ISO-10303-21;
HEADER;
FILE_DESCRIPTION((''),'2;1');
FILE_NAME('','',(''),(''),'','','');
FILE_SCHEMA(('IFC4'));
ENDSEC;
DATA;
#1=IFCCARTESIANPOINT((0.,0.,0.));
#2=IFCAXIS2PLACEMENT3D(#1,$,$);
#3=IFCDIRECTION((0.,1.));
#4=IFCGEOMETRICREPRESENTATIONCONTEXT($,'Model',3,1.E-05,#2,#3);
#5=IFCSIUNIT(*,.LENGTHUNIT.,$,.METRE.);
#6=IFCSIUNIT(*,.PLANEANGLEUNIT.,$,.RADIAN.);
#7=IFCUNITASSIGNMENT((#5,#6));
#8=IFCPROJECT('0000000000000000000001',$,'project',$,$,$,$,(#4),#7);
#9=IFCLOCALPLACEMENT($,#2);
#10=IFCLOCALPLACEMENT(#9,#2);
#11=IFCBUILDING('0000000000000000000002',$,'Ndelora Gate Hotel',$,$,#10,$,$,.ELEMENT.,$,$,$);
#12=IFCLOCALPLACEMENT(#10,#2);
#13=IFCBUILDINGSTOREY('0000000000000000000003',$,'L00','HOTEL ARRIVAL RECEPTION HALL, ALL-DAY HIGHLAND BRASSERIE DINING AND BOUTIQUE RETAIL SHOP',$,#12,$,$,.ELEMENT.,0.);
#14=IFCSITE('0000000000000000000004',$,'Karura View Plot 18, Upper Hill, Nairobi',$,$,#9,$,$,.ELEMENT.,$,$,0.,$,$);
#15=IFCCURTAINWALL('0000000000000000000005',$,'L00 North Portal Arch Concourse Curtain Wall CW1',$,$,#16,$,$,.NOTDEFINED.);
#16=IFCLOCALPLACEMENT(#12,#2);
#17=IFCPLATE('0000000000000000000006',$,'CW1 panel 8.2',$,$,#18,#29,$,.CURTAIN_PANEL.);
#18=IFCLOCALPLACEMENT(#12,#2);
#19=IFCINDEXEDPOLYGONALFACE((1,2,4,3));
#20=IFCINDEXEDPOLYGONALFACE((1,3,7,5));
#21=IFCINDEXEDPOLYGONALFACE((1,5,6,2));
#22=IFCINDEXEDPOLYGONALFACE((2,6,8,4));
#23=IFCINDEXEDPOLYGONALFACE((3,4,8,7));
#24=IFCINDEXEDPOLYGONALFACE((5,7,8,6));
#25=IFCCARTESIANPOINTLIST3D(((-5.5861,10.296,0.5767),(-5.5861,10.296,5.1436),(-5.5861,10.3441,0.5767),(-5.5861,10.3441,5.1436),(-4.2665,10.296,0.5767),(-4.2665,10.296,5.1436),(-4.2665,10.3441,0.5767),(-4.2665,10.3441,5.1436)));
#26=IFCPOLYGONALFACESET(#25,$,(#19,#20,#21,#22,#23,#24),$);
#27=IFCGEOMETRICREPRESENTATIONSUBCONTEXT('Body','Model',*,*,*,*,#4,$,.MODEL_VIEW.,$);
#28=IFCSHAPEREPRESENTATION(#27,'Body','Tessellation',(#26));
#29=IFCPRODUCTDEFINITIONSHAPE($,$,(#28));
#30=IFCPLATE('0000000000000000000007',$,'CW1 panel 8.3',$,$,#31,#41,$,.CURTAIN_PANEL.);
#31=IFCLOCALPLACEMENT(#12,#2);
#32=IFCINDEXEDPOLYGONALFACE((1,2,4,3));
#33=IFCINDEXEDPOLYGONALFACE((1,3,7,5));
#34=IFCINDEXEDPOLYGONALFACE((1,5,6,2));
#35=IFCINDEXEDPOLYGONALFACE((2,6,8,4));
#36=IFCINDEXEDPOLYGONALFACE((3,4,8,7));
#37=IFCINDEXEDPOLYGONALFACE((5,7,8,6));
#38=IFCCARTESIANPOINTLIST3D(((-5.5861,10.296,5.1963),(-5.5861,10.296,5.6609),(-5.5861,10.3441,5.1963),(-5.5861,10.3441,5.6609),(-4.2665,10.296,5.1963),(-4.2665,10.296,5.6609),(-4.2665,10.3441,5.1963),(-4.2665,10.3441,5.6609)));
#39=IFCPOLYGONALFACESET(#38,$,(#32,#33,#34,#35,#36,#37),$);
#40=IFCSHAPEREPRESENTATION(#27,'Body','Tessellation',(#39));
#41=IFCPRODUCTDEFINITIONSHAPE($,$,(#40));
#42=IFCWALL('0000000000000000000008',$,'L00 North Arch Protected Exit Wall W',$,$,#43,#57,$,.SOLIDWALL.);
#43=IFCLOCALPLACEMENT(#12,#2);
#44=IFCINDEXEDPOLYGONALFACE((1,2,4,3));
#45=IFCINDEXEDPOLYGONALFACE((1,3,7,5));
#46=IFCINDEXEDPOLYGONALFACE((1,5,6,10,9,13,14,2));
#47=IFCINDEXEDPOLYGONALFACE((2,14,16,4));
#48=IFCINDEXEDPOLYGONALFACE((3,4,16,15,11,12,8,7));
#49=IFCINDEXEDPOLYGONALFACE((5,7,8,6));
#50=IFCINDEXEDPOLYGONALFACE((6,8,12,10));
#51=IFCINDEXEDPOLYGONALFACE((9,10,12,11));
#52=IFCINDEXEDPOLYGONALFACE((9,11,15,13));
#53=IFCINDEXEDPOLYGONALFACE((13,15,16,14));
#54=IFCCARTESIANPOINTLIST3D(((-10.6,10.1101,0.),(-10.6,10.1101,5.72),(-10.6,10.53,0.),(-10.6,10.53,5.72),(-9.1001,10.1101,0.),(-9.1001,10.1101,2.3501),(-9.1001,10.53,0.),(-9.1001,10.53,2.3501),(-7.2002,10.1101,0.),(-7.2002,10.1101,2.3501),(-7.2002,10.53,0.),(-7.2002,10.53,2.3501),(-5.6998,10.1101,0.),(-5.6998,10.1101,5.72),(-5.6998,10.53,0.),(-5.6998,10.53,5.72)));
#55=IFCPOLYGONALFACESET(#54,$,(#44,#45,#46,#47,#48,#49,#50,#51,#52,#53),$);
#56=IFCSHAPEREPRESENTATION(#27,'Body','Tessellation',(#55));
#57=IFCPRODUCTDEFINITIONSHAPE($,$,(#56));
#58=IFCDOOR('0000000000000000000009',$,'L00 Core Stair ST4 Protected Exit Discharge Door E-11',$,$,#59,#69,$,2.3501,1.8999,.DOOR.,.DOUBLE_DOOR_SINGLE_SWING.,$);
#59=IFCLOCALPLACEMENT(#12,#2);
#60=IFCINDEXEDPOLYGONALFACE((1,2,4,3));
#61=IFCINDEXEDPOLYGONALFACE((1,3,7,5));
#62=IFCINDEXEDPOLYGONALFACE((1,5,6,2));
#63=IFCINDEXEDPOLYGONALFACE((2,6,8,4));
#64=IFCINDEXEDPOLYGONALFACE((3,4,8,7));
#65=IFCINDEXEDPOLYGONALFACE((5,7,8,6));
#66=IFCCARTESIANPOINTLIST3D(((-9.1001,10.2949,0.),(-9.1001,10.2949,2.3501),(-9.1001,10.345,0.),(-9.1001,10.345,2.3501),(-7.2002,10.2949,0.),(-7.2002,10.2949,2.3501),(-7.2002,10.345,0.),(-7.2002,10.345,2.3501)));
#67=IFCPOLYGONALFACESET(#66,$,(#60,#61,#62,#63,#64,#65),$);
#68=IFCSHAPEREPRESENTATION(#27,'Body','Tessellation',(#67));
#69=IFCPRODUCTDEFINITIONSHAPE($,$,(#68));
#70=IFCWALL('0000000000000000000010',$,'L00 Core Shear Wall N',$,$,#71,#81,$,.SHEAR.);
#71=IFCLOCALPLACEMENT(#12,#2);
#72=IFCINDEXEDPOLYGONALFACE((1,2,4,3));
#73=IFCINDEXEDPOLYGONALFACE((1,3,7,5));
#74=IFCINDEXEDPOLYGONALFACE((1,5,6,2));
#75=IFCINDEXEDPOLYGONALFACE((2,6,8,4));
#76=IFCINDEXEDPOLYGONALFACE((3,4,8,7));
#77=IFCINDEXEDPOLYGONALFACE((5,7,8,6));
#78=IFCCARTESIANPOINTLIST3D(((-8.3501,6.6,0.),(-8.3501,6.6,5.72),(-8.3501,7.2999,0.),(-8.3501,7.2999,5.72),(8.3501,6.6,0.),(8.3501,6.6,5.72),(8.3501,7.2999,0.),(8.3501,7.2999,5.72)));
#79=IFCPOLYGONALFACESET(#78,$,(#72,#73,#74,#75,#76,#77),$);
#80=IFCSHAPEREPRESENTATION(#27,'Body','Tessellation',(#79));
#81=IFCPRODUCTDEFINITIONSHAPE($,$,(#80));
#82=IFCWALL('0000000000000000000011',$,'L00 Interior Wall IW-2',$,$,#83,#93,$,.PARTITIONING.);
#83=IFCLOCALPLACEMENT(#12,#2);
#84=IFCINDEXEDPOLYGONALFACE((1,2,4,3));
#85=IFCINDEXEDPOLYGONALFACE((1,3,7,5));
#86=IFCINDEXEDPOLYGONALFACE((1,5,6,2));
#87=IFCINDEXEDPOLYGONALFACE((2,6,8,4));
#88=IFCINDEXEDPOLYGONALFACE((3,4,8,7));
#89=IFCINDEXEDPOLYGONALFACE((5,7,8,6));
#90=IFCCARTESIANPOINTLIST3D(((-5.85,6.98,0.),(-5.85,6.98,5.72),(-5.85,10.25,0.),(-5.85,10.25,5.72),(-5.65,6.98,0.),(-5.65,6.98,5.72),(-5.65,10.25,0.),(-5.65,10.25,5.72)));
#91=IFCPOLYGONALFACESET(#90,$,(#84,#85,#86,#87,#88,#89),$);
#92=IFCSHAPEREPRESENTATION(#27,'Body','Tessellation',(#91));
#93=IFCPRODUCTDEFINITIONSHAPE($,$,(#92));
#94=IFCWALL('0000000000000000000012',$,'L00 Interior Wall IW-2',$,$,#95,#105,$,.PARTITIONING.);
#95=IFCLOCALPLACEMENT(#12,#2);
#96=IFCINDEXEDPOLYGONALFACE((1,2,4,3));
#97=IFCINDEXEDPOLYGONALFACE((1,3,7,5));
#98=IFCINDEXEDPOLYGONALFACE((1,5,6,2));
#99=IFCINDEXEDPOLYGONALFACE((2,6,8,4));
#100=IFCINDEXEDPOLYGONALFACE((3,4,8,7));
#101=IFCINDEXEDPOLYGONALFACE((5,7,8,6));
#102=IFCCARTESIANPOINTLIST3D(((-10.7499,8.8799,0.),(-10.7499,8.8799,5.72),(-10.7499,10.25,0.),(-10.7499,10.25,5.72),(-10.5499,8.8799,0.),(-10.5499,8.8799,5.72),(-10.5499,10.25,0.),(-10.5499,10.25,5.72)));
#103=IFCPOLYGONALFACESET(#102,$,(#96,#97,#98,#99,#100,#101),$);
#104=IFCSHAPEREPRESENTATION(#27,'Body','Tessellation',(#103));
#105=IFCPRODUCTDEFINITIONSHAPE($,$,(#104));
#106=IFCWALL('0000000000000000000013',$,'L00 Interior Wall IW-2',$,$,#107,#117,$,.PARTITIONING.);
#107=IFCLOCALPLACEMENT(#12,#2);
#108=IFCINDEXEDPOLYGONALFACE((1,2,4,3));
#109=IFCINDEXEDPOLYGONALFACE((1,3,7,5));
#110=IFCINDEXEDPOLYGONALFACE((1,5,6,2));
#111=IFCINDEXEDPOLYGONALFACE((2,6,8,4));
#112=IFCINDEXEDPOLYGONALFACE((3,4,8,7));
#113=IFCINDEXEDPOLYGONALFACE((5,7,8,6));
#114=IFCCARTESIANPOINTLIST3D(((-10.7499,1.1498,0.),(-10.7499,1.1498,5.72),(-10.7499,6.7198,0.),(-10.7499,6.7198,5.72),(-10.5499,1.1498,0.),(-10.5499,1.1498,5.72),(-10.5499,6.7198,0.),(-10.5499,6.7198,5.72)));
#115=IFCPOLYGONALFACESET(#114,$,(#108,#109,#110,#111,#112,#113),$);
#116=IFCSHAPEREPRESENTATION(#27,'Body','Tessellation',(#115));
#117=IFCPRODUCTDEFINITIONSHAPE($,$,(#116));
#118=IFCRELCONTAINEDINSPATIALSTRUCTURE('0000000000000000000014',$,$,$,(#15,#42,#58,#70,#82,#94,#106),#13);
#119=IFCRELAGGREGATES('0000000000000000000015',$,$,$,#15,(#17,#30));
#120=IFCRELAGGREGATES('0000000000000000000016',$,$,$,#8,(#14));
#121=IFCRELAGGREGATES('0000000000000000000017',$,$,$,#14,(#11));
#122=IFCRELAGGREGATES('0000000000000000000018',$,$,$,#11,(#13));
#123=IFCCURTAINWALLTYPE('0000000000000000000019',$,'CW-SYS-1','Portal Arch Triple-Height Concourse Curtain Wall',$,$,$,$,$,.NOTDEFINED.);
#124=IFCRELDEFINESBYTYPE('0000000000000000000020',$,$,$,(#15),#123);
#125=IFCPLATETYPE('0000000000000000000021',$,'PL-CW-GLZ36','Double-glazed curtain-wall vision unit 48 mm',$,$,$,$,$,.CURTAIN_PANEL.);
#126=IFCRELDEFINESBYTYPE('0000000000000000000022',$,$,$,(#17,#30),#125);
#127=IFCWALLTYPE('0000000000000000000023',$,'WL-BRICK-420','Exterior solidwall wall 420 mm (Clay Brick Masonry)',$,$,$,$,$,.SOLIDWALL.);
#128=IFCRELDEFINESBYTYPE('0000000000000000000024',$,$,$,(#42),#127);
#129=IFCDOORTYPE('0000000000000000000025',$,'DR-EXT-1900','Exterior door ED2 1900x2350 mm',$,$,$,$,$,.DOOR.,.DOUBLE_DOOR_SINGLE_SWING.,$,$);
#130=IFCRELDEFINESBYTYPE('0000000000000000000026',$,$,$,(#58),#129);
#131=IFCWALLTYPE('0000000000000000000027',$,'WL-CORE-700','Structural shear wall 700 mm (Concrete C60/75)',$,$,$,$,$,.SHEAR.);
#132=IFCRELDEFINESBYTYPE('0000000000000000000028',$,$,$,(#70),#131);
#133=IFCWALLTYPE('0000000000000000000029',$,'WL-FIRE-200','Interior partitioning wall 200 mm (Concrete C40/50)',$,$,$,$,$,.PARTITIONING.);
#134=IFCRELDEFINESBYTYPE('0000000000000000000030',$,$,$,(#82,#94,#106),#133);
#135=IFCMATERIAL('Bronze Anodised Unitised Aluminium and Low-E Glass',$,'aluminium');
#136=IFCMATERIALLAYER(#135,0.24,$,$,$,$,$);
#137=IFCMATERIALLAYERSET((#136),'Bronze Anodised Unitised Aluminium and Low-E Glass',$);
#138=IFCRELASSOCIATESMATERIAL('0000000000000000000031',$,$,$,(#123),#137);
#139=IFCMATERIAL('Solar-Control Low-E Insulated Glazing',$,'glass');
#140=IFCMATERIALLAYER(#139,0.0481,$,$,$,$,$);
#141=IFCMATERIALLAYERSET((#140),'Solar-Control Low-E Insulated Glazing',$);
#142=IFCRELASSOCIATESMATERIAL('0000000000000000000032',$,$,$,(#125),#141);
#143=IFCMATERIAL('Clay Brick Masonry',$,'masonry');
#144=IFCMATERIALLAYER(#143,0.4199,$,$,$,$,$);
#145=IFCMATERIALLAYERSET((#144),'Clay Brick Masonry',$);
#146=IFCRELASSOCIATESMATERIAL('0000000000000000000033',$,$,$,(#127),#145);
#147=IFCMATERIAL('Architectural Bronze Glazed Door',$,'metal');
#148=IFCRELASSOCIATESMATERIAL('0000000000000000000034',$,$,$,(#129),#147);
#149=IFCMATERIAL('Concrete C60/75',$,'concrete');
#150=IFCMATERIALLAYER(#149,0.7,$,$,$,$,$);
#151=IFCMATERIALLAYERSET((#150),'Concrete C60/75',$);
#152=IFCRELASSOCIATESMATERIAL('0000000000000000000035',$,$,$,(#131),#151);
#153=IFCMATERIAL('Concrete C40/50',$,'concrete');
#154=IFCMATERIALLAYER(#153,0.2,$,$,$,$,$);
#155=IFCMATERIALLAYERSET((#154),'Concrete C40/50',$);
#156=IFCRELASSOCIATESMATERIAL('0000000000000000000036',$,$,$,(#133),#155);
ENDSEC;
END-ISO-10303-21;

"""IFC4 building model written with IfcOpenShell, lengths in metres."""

from ifc_helpers import new_model, si_unit, direction, frame, frame_2d, origin, origin_2d, place, context, subcontext, project, spatial, rectangle, extrude, material, layer, layer_set, type_object, element, fill, aggregate, save


model = new_model("IFC4")

# Units and contexts
model_context = context("Model", 3, precision=1e-05, world=origin(), true_north=direction((0.0, 1.0)))
body_context = subcontext(model_context, "Body", "Model", "MODEL_VIEW")
ifc_project = project(units=[si_unit("LENGTHUNIT", "METRE"), si_unit("PLANEANGLEUNIT", "RADIAN")], contexts=[model_context])

# Site, building, storey
site_placement = place(None, origin())
site = spatial("IfcSite", under=ifc_project, at=site_placement, Name="Karura View Plot 18, Upper Hill, Nairobi", CompositionType="ELEMENT", RefElevation=0.0)
building_placement = place(site_placement, origin())
building = spatial("IfcBuilding", under=site, at=building_placement, Name="Ndelora Gate Hotel", CompositionType="ELEMENT")
storey_placement = place(building_placement, origin())
storey = spatial("IfcBuildingStorey", under=building, at=storey_placement, Name="L00", Description="HOTEL ARRIVAL RECEPTION HALL, ALL-DAY HIGHLAND BRASSERIE DINING AND BOUTIQUE RETAIL SHOP", CompositionType="ELEMENT", Elevation=0.0)

# Shared definitions
ifc_material_1 = material(Name="Concrete C60/75", Category="concrete")

# Curtain wall, plates
ifc_material_2 = material(Name="Bronze Anodised Unitised Aluminium and Low-E Glass", Category="aluminium")
ifc_layer_1 = layer(ifc_material_2, 0.24)
ifc_layer_set_1 = layer_set([ifc_layer_1], Name="Bronze Anodised Unitised Aluminium and Low-E Glass")
curtain_wall_type = type_object("IfcCurtainWallType", Name="CW-SYS-1", Description="Portal Arch Triple-Height Concourse Curtain Wall", PredefinedType="NOTDEFINED", material=ifc_layer_set_1)
curtain_wall_placement = place(storey_placement, origin())
curtain_wall = element("IfcCurtainWall", 1, at=curtain_wall_placement, inside=storey, type_object=curtain_wall_type, Name="L00 North Portal Arch Concourse Curtain Wall CW1", PredefinedType="NOTDEFINED")
ifc_material_3 = material(Name="Solar-Control Low-E Insulated Glazing", Category="glass")
ifc_layer_2 = layer(ifc_material_3, 0.0481)
ifc_layer_set_2 = layer_set([ifc_layer_2], Name="Solar-Control Low-E Insulated Glazing")
plate_type = type_object("IfcPlateType", Name="PL-CW-GLZ36", Description="Double-glazed curtain-wall vision unit 48 mm", PredefinedType="CURTAIN_PANEL", material=ifc_layer_set_2)
plate_1_placement = place(storey_placement, frame((-4.9263, 10.3201, 0.5767), z_axis=(0.0, 0.0, 1.0), x_axis=(-1.0, 0.0, 0.0)))
plate_1 = element("IfcPlate", 2, at=plate_1_placement, type_object=plate_type, Name="CW1 panel 8.2", PredefinedType="CURTAIN_PANEL", context=body_context, shape_type="SweptSolid", body=[
    extrude(rectangle(XDim=1.3196, YDim=0.0481, at=origin_2d()), origin(), (0.0, 0.0, 1.0), 4.5669),
])
plate_2_placement = place(storey_placement, frame((-4.9263, 10.3201, 5.1963), z_axis=(0.0, 0.0, 1.0), x_axis=(-1.0, 0.0, 0.0)))
plate_2 = element("IfcPlate", 3, at=plate_2_placement, type_object=plate_type, Name="CW1 panel 8.3", PredefinedType="CURTAIN_PANEL", context=body_context, shape_type="SweptSolid", body=[
    extrude(rectangle(XDim=1.3196, YDim=0.0481, at=origin_2d()), origin(), (0.0, 0.0, 1.0), 0.4646),
])
aggregate(curtain_wall, [plate_1, plate_2])

# Wall, opening, door
ifc_material_4 = material(Name="Clay Brick Masonry", Category="masonry")
ifc_layer_3 = layer(ifc_material_4, 0.4199)
ifc_layer_set_3 = layer_set([ifc_layer_3], Name="Clay Brick Masonry")
wall_type_1 = type_object("IfcWallType", Name="WL-BRICK-420", Description="Exterior solidwall wall 420 mm (Clay Brick Masonry)", PredefinedType="SOLIDWALL", material=ifc_layer_set_3)
wall_1_placement = place(storey_placement, frame((-10.6001, 10.3201, 0.0), z_axis=(0.0, 0.0, 1.0), x_axis=(1.0, 0.0, 0.0)))
wall_1 = element("IfcWall", 4, at=wall_1_placement, inside=storey, type_object=wall_type_1, Name="L00 North Arch Protected Exit Wall W", PredefinedType="SOLIDWALL", context=body_context, shape_type="SweptSolid", body=[
    extrude(rectangle(XDim=4.9001, YDim=0.4199, at=frame_2d((2.4502, 0.0))), origin(), (0.0, 0.0, 1.0), 5.72),
])
opening_placement = place(wall_1_placement, frame((1.5, 0.0, 0.0)))
opening = element("IfcOpeningElement", 5, at=opening_placement, cuts=wall_1, PredefinedType="OPENING", context=body_context, shape_type="SweptSolid", body=[
    extrude(rectangle(XDim=1.8999, YDim=2.3501, at=frame_2d((0.95, 1.175))), frame((0.0, 0.22, 0.0), z_axis=(0.0, -1.0, 0.0), x_axis=(1.0, 0.0, 0.0)), (0.0, 0.0, 1.0), 0.4399),
])
ifc_material_5 = material(Name="Architectural Bronze Glazed Door", Category="metal")
door_type = type_object("IfcDoorType", Name="DR-EXT-1900", Description="Exterior door ED2 1900x2350 mm", OperationType="DOUBLE_DOOR_SINGLE_SWING", PredefinedType="DOOR", material=ifc_material_5)
door_placement = place(opening_placement, origin())
door = element("IfcDoor", 6, at=door_placement, inside=storey, type_object=door_type, Name="L00 Core Stair ST4 Protected Exit Discharge Door E-11", OperationType="DOUBLE_DOOR_SINGLE_SWING", OverallHeight=2.3501, OverallWidth=1.8999, PredefinedType="DOOR", context=body_context, shape_type="SweptSolid", body=[
    extrude(rectangle(XDim=1.8999, YDim=2.3501, at=frame_2d((0.95, 1.175))), frame((0.0, 0.0249, 0.0), z_axis=(0.0, -1.0, 0.0), x_axis=(1.0, 0.0, 0.0)), (0.0, 0.0, 1.0), 0.05),
])
fill(opening, door)

# Walls
ifc_layer_4 = layer(ifc_material_1, 0.7)
ifc_layer_set_4 = layer_set([ifc_layer_4], Name="Concrete C60/75")
wall_type_2 = type_object("IfcWallType", Name="WL-CORE-700", Description="Structural shear wall 700 mm (Concrete C60/75)", PredefinedType="SHEAR", material=ifc_layer_set_4)
wall_2_placement = place(storey_placement, frame((-8.3501, 6.95, 0.0), z_axis=(0.0, 0.0, 1.0), x_axis=(1.0, 0.0, 0.0)))
element("IfcWall", 7, at=wall_2_placement, inside=storey, type_object=wall_type_2, Name="L00 Core Shear Wall N", PredefinedType="SHEAR", context=body_context, shape_type="SweptSolid", body=[
    extrude(rectangle(XDim=16.7002, YDim=0.7, at=frame_2d((8.3501, 0.0))), origin(), (0.0, 0.0, 1.0), 5.72),
])
ifc_material_6 = material(Name="Concrete C40/50", Category="concrete")
ifc_layer_5 = layer(ifc_material_6, 0.2)
ifc_layer_set_5 = layer_set([ifc_layer_5], Name="Concrete C40/50")
wall_type_3 = type_object("IfcWallType", Name="WL-FIRE-200", Description="Interior partitioning wall 200 mm (Concrete C40/50)", PredefinedType="PARTITIONING", material=ifc_layer_set_5)
wall_3_placement = place(storey_placement, frame((-5.75, 6.98, 0.0), z_axis=(0.0, 0.0, 1.0), x_axis=(0.0, 1.0, 0.0)))
element("IfcWall", 8, at=wall_3_placement, inside=storey, type_object=wall_type_3, Name="L00 Interior Wall IW-2", PredefinedType="PARTITIONING", context=body_context, shape_type="SweptSolid", body=[
    extrude(rectangle(XDim=3.27, YDim=0.2, at=frame_2d((1.635, 0.0))), origin(), (0.0, 0.0, 1.0), 5.72),
])
wall_4_placement = place(storey_placement, frame((-10.6499, 10.25, 0.0), z_axis=(0.0, 0.0, 1.0), x_axis=(0.0, -1.0, 0.0)))
element("IfcWall", 9, at=wall_4_placement, inside=storey, type_object=wall_type_3, Name="L00 Interior Wall IW-2", PredefinedType="PARTITIONING", context=body_context, shape_type="SweptSolid", body=[
    extrude(rectangle(XDim=1.3701, YDim=0.2, at=frame_2d((0.6851, 0.0))), origin(), (0.0, 0.0, 1.0), 5.72),
])
wall_5_placement = place(storey_placement, frame((-10.6499, 6.72, 0.0), z_axis=(0.0, 0.0, 1.0), x_axis=(0.0, -1.0, 0.0)))
element("IfcWall", 10, at=wall_5_placement, inside=storey, type_object=wall_type_3, Name="L00 Interior Wall IW-2", PredefinedType="PARTITIONING", context=body_context, shape_type="SweptSolid", body=[
    extrude(rectangle(XDim=5.5701, YDim=0.2, at=frame_2d((2.7852, 0.0))), origin(), (0.0, 0.0, 1.0), 5.72),
])

save(model, "model.ifc")
